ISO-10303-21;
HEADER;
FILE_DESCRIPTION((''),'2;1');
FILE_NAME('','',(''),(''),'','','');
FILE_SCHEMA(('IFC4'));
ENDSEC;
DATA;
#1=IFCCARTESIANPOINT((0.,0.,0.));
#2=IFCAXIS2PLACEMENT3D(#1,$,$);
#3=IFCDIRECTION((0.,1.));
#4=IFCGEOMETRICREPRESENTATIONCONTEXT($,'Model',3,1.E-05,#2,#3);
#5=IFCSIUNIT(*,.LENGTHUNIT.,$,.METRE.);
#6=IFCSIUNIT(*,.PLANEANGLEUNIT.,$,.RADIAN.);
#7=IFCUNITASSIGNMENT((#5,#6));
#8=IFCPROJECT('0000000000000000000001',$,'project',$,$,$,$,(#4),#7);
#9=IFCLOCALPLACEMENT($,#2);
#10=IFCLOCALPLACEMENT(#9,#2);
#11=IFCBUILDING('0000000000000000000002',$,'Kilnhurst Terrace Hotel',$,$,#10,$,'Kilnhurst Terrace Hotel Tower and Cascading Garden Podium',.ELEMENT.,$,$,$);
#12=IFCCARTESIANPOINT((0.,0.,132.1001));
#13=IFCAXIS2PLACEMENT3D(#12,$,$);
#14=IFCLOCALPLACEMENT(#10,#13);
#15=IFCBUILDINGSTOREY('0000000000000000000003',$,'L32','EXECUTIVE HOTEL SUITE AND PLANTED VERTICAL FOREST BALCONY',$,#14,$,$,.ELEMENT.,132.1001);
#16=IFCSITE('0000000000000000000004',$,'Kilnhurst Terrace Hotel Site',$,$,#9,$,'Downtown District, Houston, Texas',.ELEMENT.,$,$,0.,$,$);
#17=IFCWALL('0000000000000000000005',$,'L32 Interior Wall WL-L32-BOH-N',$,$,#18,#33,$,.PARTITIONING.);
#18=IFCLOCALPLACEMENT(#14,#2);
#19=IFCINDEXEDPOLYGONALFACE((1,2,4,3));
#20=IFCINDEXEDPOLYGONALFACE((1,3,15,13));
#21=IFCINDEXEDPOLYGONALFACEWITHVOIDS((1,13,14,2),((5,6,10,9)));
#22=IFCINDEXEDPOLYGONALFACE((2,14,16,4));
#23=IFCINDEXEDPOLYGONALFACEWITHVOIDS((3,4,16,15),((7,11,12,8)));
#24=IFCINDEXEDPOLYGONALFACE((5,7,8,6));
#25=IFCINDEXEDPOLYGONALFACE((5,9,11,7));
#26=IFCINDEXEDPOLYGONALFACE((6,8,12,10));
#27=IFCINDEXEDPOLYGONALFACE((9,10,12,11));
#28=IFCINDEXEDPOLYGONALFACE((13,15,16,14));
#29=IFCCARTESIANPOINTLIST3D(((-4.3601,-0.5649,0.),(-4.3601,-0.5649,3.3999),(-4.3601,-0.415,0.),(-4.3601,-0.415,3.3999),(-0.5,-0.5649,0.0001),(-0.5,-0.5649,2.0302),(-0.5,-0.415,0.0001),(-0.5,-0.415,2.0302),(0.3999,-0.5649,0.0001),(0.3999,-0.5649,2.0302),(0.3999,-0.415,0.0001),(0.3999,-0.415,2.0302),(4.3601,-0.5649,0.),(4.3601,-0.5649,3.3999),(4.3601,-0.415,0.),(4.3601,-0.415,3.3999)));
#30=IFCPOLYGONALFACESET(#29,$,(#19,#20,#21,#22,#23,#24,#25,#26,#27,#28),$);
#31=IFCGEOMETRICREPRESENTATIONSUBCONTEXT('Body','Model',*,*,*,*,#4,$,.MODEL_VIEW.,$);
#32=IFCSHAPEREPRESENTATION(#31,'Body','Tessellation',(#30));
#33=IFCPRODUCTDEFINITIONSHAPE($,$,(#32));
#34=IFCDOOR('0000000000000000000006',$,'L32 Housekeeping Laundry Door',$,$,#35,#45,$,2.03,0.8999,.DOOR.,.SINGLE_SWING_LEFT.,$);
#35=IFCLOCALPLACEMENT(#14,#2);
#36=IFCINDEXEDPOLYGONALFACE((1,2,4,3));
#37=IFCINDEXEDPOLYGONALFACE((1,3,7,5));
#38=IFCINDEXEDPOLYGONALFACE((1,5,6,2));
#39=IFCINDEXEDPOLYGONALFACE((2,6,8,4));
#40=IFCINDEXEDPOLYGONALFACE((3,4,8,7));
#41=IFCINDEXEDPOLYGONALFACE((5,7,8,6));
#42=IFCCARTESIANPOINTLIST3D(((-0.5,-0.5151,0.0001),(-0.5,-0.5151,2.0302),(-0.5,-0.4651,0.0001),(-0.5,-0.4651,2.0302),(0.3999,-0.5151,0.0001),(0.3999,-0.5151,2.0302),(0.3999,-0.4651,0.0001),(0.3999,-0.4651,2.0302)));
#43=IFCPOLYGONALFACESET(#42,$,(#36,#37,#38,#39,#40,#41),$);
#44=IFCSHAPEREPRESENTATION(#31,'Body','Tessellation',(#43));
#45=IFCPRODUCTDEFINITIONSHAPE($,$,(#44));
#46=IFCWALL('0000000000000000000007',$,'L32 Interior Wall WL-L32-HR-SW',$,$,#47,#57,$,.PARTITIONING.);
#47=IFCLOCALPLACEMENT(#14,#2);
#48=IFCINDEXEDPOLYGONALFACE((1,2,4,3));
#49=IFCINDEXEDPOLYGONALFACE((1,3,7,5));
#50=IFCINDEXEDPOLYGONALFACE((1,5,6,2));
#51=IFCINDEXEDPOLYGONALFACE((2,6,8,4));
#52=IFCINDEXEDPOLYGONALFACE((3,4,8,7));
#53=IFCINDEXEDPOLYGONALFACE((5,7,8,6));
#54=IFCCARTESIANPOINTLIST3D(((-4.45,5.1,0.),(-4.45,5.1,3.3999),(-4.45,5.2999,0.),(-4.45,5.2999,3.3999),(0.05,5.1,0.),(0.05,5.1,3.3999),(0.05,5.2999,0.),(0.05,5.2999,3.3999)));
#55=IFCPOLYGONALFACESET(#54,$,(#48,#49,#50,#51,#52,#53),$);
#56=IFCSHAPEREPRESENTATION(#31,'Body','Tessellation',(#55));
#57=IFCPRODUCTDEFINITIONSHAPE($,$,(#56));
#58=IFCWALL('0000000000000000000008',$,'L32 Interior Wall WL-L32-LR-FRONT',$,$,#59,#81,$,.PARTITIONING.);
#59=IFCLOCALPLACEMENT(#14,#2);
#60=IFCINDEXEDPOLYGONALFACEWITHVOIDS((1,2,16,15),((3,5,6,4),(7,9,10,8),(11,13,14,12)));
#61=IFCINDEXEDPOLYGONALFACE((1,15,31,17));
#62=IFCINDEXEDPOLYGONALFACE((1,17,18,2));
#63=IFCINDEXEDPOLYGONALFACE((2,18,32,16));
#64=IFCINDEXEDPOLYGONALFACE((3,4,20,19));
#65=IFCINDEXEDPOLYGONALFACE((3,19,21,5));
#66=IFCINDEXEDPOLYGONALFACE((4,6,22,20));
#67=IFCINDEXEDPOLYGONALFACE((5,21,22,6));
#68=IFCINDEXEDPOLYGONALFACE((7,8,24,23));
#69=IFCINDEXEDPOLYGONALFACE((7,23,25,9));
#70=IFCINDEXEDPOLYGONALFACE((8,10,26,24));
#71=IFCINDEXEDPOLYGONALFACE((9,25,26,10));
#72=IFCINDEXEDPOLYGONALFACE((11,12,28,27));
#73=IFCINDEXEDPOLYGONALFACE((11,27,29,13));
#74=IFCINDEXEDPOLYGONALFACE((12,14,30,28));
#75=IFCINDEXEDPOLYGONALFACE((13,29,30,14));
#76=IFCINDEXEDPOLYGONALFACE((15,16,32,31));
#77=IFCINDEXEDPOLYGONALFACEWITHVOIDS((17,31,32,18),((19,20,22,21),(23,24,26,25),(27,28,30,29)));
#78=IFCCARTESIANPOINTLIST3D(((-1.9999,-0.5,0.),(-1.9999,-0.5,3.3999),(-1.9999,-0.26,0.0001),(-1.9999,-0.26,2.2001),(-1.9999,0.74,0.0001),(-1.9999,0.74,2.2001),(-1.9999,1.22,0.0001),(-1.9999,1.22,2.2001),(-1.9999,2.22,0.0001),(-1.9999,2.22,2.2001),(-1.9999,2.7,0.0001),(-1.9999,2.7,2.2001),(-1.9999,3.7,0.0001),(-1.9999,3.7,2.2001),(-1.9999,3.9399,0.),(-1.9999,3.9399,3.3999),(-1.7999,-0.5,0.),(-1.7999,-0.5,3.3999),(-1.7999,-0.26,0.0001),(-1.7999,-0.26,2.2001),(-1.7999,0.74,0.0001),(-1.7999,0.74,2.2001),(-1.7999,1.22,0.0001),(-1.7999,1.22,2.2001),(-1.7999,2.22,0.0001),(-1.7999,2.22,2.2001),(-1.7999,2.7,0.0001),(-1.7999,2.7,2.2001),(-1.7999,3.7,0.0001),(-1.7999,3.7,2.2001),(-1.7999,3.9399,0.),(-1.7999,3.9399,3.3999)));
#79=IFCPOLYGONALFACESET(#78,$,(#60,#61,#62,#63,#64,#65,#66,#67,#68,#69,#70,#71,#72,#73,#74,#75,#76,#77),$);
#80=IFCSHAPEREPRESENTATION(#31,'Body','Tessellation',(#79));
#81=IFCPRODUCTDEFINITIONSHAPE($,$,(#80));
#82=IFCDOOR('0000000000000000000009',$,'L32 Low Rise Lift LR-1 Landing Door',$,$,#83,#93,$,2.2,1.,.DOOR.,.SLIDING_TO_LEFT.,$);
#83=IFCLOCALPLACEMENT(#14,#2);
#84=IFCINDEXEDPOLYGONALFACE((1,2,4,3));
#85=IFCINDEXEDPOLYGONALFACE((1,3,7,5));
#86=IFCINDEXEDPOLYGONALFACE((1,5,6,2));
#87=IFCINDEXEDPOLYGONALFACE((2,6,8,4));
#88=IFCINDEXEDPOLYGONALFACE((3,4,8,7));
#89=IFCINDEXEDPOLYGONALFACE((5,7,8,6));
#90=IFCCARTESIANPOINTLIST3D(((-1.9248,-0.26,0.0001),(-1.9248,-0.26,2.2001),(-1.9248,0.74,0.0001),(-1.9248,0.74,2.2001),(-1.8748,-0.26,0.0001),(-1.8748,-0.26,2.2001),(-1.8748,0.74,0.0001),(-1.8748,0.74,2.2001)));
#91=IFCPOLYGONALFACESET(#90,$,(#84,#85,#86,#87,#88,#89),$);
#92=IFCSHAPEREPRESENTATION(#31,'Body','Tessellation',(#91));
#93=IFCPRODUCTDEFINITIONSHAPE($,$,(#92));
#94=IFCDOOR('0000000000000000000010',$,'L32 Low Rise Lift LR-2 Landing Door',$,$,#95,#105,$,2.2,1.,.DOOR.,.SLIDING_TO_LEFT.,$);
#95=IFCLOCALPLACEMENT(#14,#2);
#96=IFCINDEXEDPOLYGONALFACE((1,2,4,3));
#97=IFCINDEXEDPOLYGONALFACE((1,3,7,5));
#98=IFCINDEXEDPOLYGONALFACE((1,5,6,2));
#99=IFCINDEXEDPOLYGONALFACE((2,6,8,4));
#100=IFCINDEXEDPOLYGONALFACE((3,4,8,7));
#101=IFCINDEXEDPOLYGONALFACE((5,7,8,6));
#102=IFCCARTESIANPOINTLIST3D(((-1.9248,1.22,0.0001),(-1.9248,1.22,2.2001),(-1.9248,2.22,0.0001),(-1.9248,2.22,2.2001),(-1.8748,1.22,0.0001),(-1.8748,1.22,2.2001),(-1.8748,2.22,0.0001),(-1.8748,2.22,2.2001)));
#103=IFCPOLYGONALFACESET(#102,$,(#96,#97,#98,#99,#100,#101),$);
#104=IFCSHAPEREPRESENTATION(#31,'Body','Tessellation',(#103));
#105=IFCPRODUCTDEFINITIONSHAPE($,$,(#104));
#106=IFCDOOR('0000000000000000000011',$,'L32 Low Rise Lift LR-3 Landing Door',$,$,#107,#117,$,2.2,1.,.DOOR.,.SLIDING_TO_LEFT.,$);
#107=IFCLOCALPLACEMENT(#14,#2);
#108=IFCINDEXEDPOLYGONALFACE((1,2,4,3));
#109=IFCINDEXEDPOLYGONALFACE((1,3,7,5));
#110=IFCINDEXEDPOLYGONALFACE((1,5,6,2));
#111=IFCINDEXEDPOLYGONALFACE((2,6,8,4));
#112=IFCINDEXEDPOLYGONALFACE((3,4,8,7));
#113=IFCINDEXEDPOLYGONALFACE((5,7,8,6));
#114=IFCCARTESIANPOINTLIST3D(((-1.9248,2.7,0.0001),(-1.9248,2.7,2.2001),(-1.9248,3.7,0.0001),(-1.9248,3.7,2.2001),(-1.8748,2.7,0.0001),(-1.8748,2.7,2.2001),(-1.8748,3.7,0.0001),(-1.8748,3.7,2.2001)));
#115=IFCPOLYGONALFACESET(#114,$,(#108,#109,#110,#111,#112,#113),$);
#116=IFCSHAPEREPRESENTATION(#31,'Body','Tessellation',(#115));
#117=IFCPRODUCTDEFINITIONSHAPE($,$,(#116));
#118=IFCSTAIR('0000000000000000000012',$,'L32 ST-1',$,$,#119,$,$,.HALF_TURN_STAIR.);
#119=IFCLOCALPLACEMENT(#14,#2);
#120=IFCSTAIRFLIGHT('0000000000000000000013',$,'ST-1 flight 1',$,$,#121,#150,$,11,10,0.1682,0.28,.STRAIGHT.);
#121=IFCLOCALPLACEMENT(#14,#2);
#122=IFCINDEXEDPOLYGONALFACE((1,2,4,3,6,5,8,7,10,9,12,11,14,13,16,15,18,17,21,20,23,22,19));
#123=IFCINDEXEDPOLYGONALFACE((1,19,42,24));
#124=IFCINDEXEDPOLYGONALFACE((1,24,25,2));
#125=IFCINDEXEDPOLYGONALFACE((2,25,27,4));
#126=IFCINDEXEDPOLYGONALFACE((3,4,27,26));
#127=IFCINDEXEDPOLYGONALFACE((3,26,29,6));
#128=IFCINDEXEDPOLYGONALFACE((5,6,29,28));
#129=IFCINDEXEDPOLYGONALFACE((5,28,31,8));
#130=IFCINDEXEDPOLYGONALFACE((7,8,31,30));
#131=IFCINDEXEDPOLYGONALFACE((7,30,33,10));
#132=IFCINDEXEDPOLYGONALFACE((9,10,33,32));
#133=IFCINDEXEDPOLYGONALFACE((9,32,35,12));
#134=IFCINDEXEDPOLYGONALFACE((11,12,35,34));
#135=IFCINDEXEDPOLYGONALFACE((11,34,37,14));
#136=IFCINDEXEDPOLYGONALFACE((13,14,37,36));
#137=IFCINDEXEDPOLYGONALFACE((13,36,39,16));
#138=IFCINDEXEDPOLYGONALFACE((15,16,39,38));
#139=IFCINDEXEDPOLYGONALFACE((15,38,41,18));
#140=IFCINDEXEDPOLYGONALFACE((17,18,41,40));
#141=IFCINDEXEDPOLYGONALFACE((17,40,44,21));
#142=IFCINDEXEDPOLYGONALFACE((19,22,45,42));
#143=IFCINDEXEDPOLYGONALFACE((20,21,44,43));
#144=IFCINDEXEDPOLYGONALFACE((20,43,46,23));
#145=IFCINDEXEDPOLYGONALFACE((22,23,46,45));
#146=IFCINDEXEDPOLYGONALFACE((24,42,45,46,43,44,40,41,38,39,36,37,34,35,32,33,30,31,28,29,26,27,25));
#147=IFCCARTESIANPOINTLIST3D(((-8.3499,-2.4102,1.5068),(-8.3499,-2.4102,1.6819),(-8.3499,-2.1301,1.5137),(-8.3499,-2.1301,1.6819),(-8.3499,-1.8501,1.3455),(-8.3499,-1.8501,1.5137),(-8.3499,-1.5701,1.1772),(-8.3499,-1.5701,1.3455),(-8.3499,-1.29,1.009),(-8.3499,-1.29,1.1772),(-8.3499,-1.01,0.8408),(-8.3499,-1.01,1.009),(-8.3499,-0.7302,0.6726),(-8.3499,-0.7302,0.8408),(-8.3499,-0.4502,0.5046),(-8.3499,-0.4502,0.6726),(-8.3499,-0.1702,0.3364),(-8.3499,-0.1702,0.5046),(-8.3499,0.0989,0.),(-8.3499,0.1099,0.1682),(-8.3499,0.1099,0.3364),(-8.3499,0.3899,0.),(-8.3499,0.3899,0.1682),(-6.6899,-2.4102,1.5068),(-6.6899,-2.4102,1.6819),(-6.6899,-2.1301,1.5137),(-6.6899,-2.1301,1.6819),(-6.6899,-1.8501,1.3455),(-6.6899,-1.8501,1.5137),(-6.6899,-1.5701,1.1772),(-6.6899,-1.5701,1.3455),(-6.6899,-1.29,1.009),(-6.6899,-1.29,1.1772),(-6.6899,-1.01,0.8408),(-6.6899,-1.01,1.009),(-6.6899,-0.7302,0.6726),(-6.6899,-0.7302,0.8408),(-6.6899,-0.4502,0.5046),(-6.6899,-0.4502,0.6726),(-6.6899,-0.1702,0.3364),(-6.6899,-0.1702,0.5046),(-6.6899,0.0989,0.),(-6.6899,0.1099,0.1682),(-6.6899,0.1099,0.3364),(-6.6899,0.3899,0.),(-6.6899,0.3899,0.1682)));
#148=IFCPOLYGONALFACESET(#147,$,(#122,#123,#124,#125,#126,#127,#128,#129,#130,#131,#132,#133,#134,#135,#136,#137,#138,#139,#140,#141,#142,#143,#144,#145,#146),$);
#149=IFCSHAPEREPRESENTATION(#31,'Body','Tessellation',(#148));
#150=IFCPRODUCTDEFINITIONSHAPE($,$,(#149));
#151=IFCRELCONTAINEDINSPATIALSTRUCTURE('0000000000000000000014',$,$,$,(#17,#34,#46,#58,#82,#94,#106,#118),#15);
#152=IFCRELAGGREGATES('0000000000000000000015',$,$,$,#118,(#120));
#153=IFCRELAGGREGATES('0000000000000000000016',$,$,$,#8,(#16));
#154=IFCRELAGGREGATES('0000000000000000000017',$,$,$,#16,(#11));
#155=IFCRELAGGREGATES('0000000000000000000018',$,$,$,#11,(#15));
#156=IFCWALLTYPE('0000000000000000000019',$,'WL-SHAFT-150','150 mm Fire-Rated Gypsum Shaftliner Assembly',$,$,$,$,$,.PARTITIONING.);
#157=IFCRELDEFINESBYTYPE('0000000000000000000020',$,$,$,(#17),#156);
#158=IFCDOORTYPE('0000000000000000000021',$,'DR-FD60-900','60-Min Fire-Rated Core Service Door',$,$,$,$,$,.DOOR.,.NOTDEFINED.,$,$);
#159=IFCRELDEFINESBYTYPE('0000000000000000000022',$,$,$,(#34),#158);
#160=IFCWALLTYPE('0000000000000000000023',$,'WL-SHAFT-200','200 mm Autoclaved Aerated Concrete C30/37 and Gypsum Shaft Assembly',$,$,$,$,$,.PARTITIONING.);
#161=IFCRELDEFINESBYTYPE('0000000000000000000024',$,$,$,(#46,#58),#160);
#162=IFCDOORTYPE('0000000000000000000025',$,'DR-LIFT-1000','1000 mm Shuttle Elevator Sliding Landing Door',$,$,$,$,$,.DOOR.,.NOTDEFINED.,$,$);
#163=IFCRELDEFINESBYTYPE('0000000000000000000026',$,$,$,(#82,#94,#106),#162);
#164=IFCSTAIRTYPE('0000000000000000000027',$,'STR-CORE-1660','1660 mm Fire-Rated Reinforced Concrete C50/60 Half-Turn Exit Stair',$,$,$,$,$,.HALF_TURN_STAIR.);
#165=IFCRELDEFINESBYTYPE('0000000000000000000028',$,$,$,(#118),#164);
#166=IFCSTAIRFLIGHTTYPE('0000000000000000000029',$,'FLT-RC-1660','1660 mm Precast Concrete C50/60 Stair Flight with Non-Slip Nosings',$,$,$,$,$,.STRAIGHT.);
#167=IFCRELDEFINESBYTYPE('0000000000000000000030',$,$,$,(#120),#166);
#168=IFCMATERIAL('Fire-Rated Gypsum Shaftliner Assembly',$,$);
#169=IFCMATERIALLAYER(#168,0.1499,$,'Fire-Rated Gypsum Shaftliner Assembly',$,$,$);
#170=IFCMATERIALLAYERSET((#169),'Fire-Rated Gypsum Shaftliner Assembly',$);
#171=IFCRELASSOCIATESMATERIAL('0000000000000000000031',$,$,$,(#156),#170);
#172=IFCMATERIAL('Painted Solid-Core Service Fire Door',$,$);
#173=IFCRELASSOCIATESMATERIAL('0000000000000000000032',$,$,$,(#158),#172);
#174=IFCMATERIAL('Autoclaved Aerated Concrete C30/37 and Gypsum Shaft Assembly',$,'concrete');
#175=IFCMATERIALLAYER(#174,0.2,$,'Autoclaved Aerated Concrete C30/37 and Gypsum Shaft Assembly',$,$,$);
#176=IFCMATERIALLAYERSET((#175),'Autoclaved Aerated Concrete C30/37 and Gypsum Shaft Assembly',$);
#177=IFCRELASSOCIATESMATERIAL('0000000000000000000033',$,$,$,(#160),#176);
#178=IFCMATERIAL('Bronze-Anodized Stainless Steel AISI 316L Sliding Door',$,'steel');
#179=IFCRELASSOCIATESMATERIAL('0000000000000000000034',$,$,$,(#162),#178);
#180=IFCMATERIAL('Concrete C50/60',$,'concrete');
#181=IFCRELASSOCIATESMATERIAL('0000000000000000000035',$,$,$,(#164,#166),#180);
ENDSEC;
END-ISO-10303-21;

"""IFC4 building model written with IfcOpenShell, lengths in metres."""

from ifc_helpers import new_model, si_unit, direction, frame, frame_2d, origin, place, context, subcontext, project, spatial, polyline, rectangle, outline, extrude, material, layer, layer_set, type_object, element, fill, aggregate, save


model = new_model("IFC4")

# Units and contexts
model_context = context("Model", 3, precision=1e-05, world=origin(), true_north=direction((0.0, 1.0)))
body_context = subcontext(model_context, "Body", "Model", "MODEL_VIEW")
ifc_project = project(units=[si_unit("LENGTHUNIT", "METRE"), si_unit("PLANEANGLEUNIT", "RADIAN")], contexts=[model_context])

# Site, building, storey
site_placement = place(None, origin())
site = spatial("IfcSite", under=ifc_project, at=site_placement, Name="Kilnhurst Terrace Hotel Site", LongName="Downtown District, Houston, Texas", CompositionType="ELEMENT", RefElevation=0.0)
building_placement = place(site_placement, origin())
building = spatial("IfcBuilding", under=site, at=building_placement, Name="Kilnhurst Terrace Hotel", LongName="Kilnhurst Terrace Hotel Tower and Cascading Garden Podium", CompositionType="ELEMENT")
storey_placement = place(building_placement, frame((0.0, 0.0, 132.1001)))
storey = spatial("IfcBuildingStorey", under=building, at=storey_placement, Name="L32", Description="EXECUTIVE HOTEL SUITE AND PLANTED VERTICAL FOREST BALCONY", CompositionType="ELEMENT", Elevation=132.1001)

# Shared definitions
ifc_material_1 = material(Name="Concrete C50/60", Category="concrete")

# Shared definitions
ifc_material_2 = material(Name="Fire-Rated Gypsum Shaftliner Assembly")
ifc_layer_1 = layer(ifc_material_2, 0.1499, Name="Fire-Rated Gypsum Shaftliner Assembly")
ifc_layer_set_1 = layer_set([ifc_layer_1], Name="Fire-Rated Gypsum Shaftliner Assembly")
wall_type_1 = type_object("IfcWallType", Name="WL-SHAFT-150", Description="150 mm Fire-Rated Gypsum Shaftliner Assembly", PredefinedType="PARTITIONING", material=ifc_layer_set_1)

# Wall, opening, door
wall_1_placement = place(storey_placement, frame((-4.3601, -0.49, 0.0), z_axis=(0.0, 0.0, 1.0), x_axis=(1.0, 0.0, 0.0)))
wall_1 = element("IfcWall", 1, at=wall_1_placement, inside=storey, type_object=wall_type_1, Name="L32 Interior Wall WL-L32-BOH-N", PredefinedType="PARTITIONING", context=body_context, shape_type="SweptSolid", body=[
    extrude(rectangle(XDim=8.7202, YDim=0.1499, at=frame_2d((4.3601, 0.0))), origin(), (0.0, 0.0, 1.0), 3.3999),
])
opening_1_placement = place(wall_1_placement, frame((3.8601, 0.0, 0.0)))
opening_1 = element("IfcOpeningElement", 2, at=opening_1_placement, cuts=wall_1, PredefinedType="OPENING", context=body_context, shape_type="SweptSolid", body=[
    extrude(rectangle(XDim=0.8999, YDim=2.03, at=frame_2d((0.45, 1.0151))), frame((0.0, 0.085, 0.0), z_axis=(0.0, -1.0, 0.0), x_axis=(1.0, 0.0, 0.0)), (0.0, 0.0, 1.0), 0.1699),
])
ifc_material_3 = material(Name="Painted Solid-Core Service Fire Door")
door_type_1 = type_object("IfcDoorType", Name="DR-FD60-900", Description="60-Min Fire-Rated Core Service Door", OperationType="NOTDEFINED", PredefinedType="DOOR", material=ifc_material_3)
door_1_placement = place(opening_1_placement, origin())
door_1 = element("IfcDoor", 3, at=door_1_placement, inside=storey, type_object=door_type_1, Name="L32 Housekeeping Laundry Door", OperationType="SINGLE_SWING_LEFT", OverallHeight=2.03, OverallWidth=0.8999, PredefinedType="DOOR", context=body_context, shape_type="SweptSolid", body=[
    extrude(rectangle(XDim=0.8999, YDim=2.03, at=frame_2d((0.45, 1.0151))), frame((0.0, 0.0249, 0.0), z_axis=(0.0, -1.0, 0.0), x_axis=(1.0, 0.0, 0.0)), (0.0, 0.0, 1.0), 0.05),
])
fill(opening_1, door_1)

# Wall
ifc_material_4 = material(Name="Autoclaved Aerated Concrete C30/37 and Gypsum Shaft Assembly", Category="concrete")
ifc_layer_2 = layer(ifc_material_4, 0.2, Name="Autoclaved Aerated Concrete C30/37 and Gypsum Shaft Assembly")
ifc_layer_set_2 = layer_set([ifc_layer_2], Name="Autoclaved Aerated Concrete C30/37 and Gypsum Shaft Assembly")
wall_type_2 = type_object("IfcWallType", Name="WL-SHAFT-200", Description="200 mm Autoclaved Aerated Concrete C30/37 and Gypsum Shaft Assembly", PredefinedType="PARTITIONING", material=ifc_layer_set_2)
wall_2_placement = place(storey_placement, frame((-4.45, 5.2, 0.0), z_axis=(0.0, 0.0, 1.0), x_axis=(1.0, 0.0, 0.0)))
element("IfcWall", 4, at=wall_2_placement, inside=storey, type_object=wall_type_2, Name="L32 Interior Wall WL-L32-HR-SW", PredefinedType="PARTITIONING", context=body_context, shape_type="SweptSolid", body=[
    extrude(rectangle(XDim=4.5, YDim=0.2, at=frame_2d((2.25, 0.0))), origin(), (0.0, 0.0, 1.0), 3.3999),
])

# Wall, openings, doors
wall_3_placement = place(storey_placement, frame((-1.8999, -0.5, 0.0), z_axis=(0.0, 0.0, 1.0), x_axis=(0.0, 1.0, 0.0)))
wall_3 = element("IfcWall", 5, at=wall_3_placement, inside=storey, type_object=wall_type_2, Name="L32 Interior Wall WL-L32-LR-FRONT", PredefinedType="PARTITIONING", context=body_context, shape_type="SweptSolid", body=[
    extrude(rectangle(XDim=4.4399, YDim=0.2, at=frame_2d((2.22, 0.0))), origin(), (0.0, 0.0, 1.0), 3.3999),
])
opening_2_placement = place(wall_3_placement, frame((0.24, 0.0, 0.0)))
opening_2 = element("IfcOpeningElement", 6, at=opening_2_placement, cuts=wall_3, PredefinedType="OPENING", context=body_context, shape_type="SweptSolid", body=[
    extrude(rectangle(XDim=1.0, YDim=2.2, at=frame_2d((0.5, 1.1001))), frame((0.0, 0.1099, 0.0), z_axis=(0.0, -1.0, 0.0), x_axis=(1.0, 0.0, 0.0)), (0.0, 0.0, 1.0), 0.22),
])
opening_3_placement = place(wall_3_placement, frame((1.72, 0.0, 0.0)))
opening_3 = element("IfcOpeningElement", 7, at=opening_3_placement, cuts=wall_3, PredefinedType="OPENING", context=body_context, shape_type="SweptSolid", body=[
    extrude(rectangle(XDim=1.0, YDim=2.2, at=frame_2d((0.5, 1.1001))), frame((0.0, 0.1099, 0.0), z_axis=(0.0, -1.0, 0.0), x_axis=(1.0, 0.0, 0.0)), (0.0, 0.0, 1.0), 0.22),
])
opening_4_placement = place(wall_3_placement, frame((3.2, 0.0, 0.0)))
opening_4 = element("IfcOpeningElement", 8, at=opening_4_placement, cuts=wall_3, PredefinedType="OPENING", context=body_context, shape_type="SweptSolid", body=[
    extrude(rectangle(XDim=1.0, YDim=2.2, at=frame_2d((0.5, 1.1001))), frame((0.0, 0.1099, 0.0), z_axis=(0.0, -1.0, 0.0), x_axis=(1.0, 0.0, 0.0)), (0.0, 0.0, 1.0), 0.22),
])
ifc_material_5 = material(Name="Bronze-Anodized Stainless Steel AISI 316L Sliding Door", Category="steel")
door_type_2 = type_object("IfcDoorType", Name="DR-LIFT-1000", Description="1000 mm Shuttle Elevator Sliding Landing Door", OperationType="NOTDEFINED", PredefinedType="DOOR", material=ifc_material_5)
door_2_placement = place(opening_2_placement, origin())
door_2 = element("IfcDoor", 9, at=door_2_placement, inside=storey, type_object=door_type_2, Name="L32 Low Rise Lift LR-1 Landing Door", OperationType="SLIDING_TO_LEFT", OverallHeight=2.2, OverallWidth=1.0, PredefinedType="DOOR", context=body_context, shape_type="SweptSolid", body=[
    extrude(rectangle(XDim=1.0, YDim=2.2, at=frame_2d((0.5, 1.1001))), frame((0.0, 0.0249, 0.0), z_axis=(0.0, -1.0, 0.0), x_axis=(1.0, 0.0, 0.0)), (0.0, 0.0, 1.0), 0.05),
])
fill(opening_2, door_2)
door_3_placement = place(opening_3_placement, origin())
door_3 = element("IfcDoor", 10, at=door_3_placement, inside=storey, type_object=door_type_2, Name="L32 Low Rise Lift LR-2 Landing Door", OperationType="SLIDING_TO_LEFT", OverallHeight=2.2, OverallWidth=1.0, PredefinedType="DOOR", context=body_context, shape_type="SweptSolid", body=[
    extrude(rectangle(XDim=1.0, YDim=2.2, at=frame_2d((0.5, 1.1001))), frame((0.0, 0.0249, 0.0), z_axis=(0.0, -1.0, 0.0), x_axis=(1.0, 0.0, 0.0)), (0.0, 0.0, 1.0), 0.05),
])
fill(opening_3, door_3)
door_4_placement = place(opening_4_placement, origin())
door_4 = element("IfcDoor", 11, at=door_4_placement, inside=storey, type_object=door_type_2, Name="L32 Low Rise Lift LR-3 Landing Door", OperationType="SLIDING_TO_LEFT", OverallHeight=2.2, OverallWidth=1.0, PredefinedType="DOOR", context=body_context, shape_type="SweptSolid", body=[
    extrude(rectangle(XDim=1.0, YDim=2.2, at=frame_2d((0.5, 1.1001))), frame((0.0, 0.0249, 0.0), z_axis=(0.0, -1.0, 0.0), x_axis=(1.0, 0.0, 0.0)), (0.0, 0.0, 1.0), 0.05),
])
fill(opening_4, door_4)

# Stair, stair flight
stair_type = type_object("IfcStairType", Name="STR-CORE-1660", Description="1660 mm Fire-Rated Reinforced Concrete C50/60 Half-Turn Exit Stair", PredefinedType="HALF_TURN_STAIR", material=ifc_material_1)
stair_placement = place(storey_placement, origin())
stair = element("IfcStair", 12, at=stair_placement, inside=storey, type_object=stair_type, Name="L32 ST-1", PredefinedType="HALF_TURN_STAIR")
stair_flight_type = type_object("IfcStairFlightType", Name="FLT-RC-1660", Description="1660 mm Precast Concrete C50/60 Stair Flight with Non-Slip Nosings", PredefinedType="STRAIGHT", material=ifc_material_1)
stair_flight_placement = place(storey_placement, frame((-7.52, 0.3899, 0.0), z_axis=(0.0, 0.0, 1.0), x_axis=(0.0, -1.0, 0.0)))
stair_flight = element("IfcStairFlight", 13, at=stair_flight_placement, type_object=stair_flight_type, Name="ST-1 flight 1", NumberOfRisers=11, NumberOfTreads=10, PredefinedType="STRAIGHT", RiserHeight=0.1682, TreadLength=0.28, context=body_context, shape_type="SweptSolid", body=[
    extrude(outline(polyline([(0.0, 0.0), (0.0, 0.1682), (0.28, 0.1682), (0.28, 0.3364), (0.5601, 0.3364), (0.5601, 0.5046), (0.8401, 0.5046), (0.8401, 0.6726), (1.1201, 0.6726), (1.1201, 0.8408), (1.3999, 0.8408), (1.3999, 1.009), (1.6799, 1.009), (1.6799, 1.1772), (1.96, 1.1772), (1.96, 1.3455), (2.24, 1.3455), (2.24, 1.5137), (2.52, 1.5137), (2.52, 1.6819), (2.8, 1.6819), (2.8, 1.8501), (2.8, 1.5068), (0.291, 0.0), (0.0, 0.0)])), frame((0.0, 0.8301, 0.0), z_axis=(0.0, -1.0, 0.0), x_axis=(1.0, 0.0, 0.0)), (0.0, 0.0, 1.0), 1.6599),
])
aggregate(stair, [stair_flight])

save(model, "model.ifc")
